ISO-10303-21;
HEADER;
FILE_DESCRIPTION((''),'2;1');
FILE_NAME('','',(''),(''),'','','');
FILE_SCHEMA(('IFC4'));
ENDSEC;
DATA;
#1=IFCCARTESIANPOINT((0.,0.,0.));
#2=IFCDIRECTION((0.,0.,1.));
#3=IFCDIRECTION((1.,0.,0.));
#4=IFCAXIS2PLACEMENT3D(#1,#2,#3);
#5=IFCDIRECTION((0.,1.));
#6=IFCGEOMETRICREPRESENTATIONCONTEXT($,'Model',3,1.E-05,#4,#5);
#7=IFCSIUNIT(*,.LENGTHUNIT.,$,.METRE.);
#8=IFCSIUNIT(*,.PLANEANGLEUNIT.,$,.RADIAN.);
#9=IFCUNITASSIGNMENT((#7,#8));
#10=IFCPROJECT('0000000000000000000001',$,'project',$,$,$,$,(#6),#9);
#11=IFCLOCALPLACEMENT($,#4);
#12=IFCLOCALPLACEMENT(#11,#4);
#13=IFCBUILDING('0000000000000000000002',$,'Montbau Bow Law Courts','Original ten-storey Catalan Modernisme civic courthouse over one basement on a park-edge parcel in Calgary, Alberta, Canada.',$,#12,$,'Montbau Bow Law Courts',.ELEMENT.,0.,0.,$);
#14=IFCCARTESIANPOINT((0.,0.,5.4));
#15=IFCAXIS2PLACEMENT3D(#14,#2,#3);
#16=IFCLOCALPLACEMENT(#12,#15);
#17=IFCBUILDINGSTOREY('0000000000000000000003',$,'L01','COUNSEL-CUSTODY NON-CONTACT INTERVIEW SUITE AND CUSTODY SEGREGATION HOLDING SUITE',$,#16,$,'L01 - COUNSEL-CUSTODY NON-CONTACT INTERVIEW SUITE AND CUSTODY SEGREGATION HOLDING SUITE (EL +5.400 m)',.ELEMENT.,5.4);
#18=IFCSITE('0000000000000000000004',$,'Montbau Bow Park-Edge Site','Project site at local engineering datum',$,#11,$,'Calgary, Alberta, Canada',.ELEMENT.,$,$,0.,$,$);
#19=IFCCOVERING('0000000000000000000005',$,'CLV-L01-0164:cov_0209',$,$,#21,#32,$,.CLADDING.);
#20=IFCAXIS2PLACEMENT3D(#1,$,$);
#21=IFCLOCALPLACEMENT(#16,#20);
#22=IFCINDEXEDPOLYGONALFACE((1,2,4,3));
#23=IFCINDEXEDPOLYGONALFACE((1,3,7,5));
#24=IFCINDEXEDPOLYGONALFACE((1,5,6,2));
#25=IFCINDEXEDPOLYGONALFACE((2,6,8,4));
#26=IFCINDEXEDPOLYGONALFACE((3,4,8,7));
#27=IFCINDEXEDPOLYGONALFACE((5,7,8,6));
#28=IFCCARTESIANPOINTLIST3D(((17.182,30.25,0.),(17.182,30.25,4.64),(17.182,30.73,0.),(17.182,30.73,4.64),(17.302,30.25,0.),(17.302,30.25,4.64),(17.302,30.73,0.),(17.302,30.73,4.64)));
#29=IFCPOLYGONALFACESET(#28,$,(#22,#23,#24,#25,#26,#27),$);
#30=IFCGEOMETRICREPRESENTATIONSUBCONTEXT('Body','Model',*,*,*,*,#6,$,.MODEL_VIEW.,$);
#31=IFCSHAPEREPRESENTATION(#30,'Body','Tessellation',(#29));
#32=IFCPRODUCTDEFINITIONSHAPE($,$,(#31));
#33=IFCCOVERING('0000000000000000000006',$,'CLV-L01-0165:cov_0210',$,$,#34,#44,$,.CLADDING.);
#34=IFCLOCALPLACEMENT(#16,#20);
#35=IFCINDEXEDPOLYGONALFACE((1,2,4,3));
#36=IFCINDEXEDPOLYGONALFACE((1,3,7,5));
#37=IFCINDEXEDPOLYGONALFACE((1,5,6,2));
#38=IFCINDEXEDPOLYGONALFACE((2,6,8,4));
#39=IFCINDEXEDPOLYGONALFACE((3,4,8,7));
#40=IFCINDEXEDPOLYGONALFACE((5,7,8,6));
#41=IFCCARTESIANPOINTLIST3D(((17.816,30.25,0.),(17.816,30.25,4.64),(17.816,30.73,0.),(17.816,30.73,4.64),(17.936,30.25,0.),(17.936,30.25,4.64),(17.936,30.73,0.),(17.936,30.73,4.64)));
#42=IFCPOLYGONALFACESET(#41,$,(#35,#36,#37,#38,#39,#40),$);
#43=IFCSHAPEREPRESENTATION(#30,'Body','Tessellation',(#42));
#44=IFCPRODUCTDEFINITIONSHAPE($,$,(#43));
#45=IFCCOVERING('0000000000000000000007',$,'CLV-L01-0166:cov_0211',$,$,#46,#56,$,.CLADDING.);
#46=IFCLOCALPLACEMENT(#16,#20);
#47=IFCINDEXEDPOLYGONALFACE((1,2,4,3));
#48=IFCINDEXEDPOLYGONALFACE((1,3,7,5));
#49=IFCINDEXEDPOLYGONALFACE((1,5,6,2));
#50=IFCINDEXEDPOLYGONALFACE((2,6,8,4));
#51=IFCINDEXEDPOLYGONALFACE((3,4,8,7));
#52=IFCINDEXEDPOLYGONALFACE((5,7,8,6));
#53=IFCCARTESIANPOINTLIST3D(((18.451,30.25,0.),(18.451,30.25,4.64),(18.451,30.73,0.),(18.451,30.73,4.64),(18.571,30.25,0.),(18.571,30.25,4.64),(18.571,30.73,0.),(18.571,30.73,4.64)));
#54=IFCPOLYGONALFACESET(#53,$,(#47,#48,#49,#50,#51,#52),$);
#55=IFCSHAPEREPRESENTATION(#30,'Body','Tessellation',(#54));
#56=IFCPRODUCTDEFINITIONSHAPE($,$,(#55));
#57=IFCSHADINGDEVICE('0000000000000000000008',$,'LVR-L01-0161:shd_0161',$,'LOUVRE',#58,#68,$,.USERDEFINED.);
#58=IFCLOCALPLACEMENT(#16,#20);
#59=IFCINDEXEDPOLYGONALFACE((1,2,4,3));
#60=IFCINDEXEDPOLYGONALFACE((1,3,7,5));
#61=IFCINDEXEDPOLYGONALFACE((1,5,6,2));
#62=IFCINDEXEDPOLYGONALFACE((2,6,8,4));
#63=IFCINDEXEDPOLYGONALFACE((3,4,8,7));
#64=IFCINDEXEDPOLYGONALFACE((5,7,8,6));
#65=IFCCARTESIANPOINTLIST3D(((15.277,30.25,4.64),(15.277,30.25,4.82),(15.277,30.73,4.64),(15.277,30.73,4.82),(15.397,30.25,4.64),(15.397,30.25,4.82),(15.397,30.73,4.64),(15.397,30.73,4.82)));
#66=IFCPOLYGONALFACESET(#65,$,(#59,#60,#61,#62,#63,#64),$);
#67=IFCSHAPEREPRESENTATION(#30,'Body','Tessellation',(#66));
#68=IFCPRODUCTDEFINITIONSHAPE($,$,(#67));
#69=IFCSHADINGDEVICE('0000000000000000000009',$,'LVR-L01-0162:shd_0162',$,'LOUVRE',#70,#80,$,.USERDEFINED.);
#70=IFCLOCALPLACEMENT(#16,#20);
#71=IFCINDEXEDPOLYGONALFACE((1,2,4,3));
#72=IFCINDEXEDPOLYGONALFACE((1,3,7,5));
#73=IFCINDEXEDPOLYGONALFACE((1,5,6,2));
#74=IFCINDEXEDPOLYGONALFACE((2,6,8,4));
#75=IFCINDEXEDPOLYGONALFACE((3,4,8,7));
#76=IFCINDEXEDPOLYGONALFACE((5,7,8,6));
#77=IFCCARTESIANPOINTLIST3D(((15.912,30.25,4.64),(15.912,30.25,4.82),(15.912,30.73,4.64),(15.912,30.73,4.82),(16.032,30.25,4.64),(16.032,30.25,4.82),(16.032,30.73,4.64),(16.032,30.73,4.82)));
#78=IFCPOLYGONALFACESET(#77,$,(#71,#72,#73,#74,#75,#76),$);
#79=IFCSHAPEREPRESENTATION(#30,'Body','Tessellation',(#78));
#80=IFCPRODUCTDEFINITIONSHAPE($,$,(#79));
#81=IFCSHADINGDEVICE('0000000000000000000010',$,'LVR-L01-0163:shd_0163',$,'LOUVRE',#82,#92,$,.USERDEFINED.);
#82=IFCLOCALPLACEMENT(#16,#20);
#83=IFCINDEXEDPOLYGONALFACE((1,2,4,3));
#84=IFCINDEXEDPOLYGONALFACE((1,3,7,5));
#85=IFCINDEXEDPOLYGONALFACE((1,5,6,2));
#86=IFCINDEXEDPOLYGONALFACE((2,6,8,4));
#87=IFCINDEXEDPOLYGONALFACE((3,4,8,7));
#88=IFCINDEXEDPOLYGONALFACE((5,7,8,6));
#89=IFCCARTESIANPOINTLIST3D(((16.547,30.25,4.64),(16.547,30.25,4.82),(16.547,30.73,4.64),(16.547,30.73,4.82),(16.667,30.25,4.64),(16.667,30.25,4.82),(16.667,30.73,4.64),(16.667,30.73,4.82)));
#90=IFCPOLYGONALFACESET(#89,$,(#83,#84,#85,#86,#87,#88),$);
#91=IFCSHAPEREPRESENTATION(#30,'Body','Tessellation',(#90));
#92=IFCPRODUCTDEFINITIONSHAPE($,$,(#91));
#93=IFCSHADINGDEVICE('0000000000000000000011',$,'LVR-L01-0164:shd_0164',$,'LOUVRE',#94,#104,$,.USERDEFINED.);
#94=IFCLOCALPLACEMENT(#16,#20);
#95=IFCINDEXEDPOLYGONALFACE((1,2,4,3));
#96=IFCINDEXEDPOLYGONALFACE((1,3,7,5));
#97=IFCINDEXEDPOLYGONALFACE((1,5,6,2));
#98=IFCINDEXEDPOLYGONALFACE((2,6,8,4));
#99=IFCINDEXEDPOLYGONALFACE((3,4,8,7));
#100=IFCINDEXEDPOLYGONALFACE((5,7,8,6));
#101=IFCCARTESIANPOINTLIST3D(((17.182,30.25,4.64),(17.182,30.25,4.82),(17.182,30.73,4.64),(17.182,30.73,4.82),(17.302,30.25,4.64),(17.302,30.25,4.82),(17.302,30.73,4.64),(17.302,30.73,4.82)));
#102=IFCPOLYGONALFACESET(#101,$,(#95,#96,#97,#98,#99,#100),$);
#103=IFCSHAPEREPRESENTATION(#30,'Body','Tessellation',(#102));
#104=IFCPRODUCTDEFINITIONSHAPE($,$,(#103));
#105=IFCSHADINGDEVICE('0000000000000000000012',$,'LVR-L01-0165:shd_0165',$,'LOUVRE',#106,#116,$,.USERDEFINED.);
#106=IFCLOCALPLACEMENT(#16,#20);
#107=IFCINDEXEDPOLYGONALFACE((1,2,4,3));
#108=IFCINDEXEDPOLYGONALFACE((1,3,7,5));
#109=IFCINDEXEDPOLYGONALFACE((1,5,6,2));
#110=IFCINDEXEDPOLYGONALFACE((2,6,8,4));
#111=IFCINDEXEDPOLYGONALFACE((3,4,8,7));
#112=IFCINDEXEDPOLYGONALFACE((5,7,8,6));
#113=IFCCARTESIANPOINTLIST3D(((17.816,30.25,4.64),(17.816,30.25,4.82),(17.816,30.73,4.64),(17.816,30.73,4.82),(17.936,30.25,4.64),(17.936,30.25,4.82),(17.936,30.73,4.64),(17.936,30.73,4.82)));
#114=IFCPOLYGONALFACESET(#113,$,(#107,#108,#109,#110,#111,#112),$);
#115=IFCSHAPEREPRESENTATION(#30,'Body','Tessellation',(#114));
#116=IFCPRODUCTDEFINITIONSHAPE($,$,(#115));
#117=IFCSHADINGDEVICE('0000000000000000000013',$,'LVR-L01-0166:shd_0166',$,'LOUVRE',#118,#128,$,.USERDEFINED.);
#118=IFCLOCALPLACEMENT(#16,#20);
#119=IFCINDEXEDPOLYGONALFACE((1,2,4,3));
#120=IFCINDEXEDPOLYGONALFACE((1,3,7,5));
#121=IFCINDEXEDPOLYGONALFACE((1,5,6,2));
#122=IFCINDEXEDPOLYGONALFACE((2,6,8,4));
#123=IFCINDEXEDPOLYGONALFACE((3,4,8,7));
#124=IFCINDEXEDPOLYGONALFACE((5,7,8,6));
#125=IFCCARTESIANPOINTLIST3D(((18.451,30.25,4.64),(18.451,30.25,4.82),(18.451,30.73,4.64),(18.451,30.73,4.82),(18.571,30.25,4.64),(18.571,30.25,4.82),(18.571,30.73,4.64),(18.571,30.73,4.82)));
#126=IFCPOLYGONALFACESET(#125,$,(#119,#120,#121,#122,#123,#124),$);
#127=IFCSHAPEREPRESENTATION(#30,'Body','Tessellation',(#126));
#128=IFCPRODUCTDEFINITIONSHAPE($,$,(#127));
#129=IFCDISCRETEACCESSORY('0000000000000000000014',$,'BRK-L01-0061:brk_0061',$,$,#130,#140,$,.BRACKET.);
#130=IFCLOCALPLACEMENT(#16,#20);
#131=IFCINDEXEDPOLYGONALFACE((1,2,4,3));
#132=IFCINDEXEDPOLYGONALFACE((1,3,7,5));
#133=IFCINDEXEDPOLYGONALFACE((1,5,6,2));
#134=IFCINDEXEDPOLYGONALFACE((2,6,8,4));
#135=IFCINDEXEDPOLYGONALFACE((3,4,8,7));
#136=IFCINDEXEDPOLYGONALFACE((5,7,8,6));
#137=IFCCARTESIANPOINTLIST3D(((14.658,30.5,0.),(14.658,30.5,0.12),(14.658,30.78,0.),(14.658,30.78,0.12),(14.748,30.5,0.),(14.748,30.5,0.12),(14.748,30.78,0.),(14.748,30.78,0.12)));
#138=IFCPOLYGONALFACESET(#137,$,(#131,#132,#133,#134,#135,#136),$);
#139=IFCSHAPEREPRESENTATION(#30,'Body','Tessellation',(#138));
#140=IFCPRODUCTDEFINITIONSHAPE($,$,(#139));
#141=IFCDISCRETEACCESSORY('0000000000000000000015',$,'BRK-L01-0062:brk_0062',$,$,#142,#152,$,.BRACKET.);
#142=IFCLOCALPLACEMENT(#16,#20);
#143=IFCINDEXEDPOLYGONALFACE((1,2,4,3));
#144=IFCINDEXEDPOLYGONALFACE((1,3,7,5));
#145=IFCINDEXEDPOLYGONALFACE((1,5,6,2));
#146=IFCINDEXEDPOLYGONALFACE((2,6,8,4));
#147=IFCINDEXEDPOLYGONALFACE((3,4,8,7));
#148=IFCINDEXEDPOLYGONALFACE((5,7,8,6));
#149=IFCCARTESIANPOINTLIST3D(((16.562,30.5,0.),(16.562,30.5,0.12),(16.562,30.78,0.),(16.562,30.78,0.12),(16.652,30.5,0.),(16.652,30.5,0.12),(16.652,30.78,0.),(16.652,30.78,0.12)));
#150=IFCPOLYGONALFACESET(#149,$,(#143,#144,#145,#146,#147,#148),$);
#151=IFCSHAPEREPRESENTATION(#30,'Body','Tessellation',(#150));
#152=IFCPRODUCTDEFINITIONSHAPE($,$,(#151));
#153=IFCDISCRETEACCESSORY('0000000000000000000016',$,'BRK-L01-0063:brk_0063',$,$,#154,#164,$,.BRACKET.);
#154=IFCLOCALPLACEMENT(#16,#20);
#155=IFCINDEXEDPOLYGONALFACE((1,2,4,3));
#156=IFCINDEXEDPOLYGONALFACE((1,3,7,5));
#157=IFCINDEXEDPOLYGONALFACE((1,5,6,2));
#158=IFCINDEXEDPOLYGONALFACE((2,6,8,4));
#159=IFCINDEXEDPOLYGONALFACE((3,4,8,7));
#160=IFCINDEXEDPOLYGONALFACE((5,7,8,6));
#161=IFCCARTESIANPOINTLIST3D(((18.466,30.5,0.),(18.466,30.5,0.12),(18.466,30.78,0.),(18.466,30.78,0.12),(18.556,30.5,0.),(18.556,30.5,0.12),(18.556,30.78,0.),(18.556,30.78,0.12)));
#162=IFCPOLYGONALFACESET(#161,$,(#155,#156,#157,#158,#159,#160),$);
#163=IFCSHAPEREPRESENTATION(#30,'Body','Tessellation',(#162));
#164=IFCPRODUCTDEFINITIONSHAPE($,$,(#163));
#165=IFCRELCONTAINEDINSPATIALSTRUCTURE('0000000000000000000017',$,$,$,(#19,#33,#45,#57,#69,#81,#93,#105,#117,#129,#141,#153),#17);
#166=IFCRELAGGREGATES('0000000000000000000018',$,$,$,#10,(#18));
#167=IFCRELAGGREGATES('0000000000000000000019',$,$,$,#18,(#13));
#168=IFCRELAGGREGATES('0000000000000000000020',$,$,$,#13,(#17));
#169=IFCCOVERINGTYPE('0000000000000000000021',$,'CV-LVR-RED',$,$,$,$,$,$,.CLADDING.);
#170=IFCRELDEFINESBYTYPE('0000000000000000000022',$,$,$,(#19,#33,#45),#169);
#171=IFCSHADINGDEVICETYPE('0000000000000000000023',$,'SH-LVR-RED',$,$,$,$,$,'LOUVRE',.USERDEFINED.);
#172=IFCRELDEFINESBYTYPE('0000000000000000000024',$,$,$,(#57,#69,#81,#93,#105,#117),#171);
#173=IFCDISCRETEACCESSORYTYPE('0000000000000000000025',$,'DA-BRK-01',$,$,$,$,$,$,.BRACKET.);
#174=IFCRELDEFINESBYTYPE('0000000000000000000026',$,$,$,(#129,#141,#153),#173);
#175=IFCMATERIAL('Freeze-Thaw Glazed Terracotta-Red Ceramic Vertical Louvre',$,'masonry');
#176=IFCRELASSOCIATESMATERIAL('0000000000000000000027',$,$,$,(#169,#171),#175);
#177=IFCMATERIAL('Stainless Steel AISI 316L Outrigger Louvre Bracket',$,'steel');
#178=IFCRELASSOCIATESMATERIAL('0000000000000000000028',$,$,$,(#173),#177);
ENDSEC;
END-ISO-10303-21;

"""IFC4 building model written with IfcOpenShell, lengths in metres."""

from ifc_helpers import new_model, si_unit, direction, frame, frame_2d, origin_with_axes, origin_2d_with_axis, place, context, subcontext, project, spatial, rectangle, extrude, material, type_object, element, save


model = new_model("IFC4")

# Units and contexts
model_context = context("Model", 3, precision=1e-05, world=origin_with_axes(), true_north=direction((0.0, 1.0)))
body_context = subcontext(model_context, "Body", "Model", "MODEL_VIEW")
ifc_project = project(units=[si_unit("LENGTHUNIT", "METRE"), si_unit("PLANEANGLEUNIT", "RADIAN")], contexts=[model_context])

# Site, building, storey
site_placement = place(None, origin_with_axes())
site = spatial("IfcSite", under=ifc_project, at=site_placement, Name="Montbau Bow Park-Edge Site", Description="Project site at local engineering datum", LongName="Calgary, Alberta, Canada", CompositionType="ELEMENT", RefElevation=0.0)
building_placement = place(site_placement, origin_with_axes())
building = spatial("IfcBuilding", under=site, at=building_placement, Name="Montbau Bow Law Courts", Description="Original ten-storey Catalan Modernisme civic courthouse over one basement on a park-edge parcel in Calgary, Alberta, Canada.", LongName="Montbau Bow Law Courts", CompositionType="ELEMENT", ElevationOfRefHeight=0.0, ElevationOfTerrain=0.0)
storey_placement = place(building_placement, frame((0.0, 0.0, 5.4), z_axis=(0.0, 0.0, 1.0), x_axis=(1.0, 0.0, 0.0)))
storey = spatial("IfcBuildingStorey", under=building, at=storey_placement, Name="L01", Description="COUNSEL-CUSTODY NON-CONTACT INTERVIEW SUITE AND CUSTODY SEGREGATION HOLDING SUITE", LongName="L01 - COUNSEL-CUSTODY NON-CONTACT INTERVIEW SUITE AND CUSTODY SEGREGATION HOLDING SUITE (EL +5.400 m)", CompositionType="ELEMENT", Elevation=5.4)

# Coverings
ifc_material_1 = material(Name="Freeze-Thaw Glazed Terracotta-Red Ceramic Vertical Louvre", Category="masonry")
covering_type = type_object("IfcCoveringType", Name="CV-LVR-RED", PredefinedType="CLADDING", material=ifc_material_1)
for number, where, z_axis, x_axis, name in (
    (1, (17.242, 30.73, 5.4), (-1.0, 0.0, 0.0), (0.0, -1.0, 0.0), "CLV-L01-0164:cov_0209"),
    (2, (17.876, 30.73, 5.4), (-1.0, 0.0, 0.0), (0.0, -1.0, 0.0), "CLV-L01-0165:cov_0210"),
    (3, (18.511, 30.73, 5.4), (-1.0, 0.0, 0.0), (0.0, -1.0, 0.0), "CLV-L01-0166:cov_0211"),
):
    element("IfcCovering", number, at=place(None, frame(where, z_axis=z_axis, x_axis=x_axis)), inside=storey, type_object=covering_type, Name=name, PredefinedType="CLADDING", context=body_context, shape_type="SweptSolid", body=[
        extrude(rectangle(XDim=0.48, YDim=4.64, at=frame_2d((0.24, 2.32), x_axis=(1.0, 0.0))), frame((0.0, 0.0, -0.06), z_axis=(0.0, 0.0, 1.0), x_axis=(1.0, 0.0, 0.0)), (0.0, 0.0, 1.0), 0.12),
    ])

# Shading devices
shading_device_type = type_object("IfcShadingDeviceType", Name="SH-LVR-RED", ElementType="LOUVRE", PredefinedType="USERDEFINED", material=ifc_material_1)
for number, where, z_axis, x_axis, name in (
    (4, (15.337, 30.49, 10.04), (0.0, 0.0, 1.0), (0.0, -1.0, 0.0), "LVR-L01-0161:shd_0161"),
    (5, (15.972, 30.49, 10.04), (0.0, 0.0, 1.0), (0.0, -1.0, 0.0), "LVR-L01-0162:shd_0162"),
    (6, (16.607, 30.49, 10.04), (0.0, 0.0, 1.0), (0.0, -1.0, 0.0), "LVR-L01-0163:shd_0163"),
    (7, (17.242, 30.49, 10.04), (0.0, 0.0, 1.0), (0.0, -1.0, 0.0), "LVR-L01-0164:shd_0164"),
    (8, (17.876, 30.49, 10.04), (0.0, 0.0, 1.0), (0.0, -1.0, 0.0), "LVR-L01-0165:shd_0165"),
    (9, (18.511, 30.49, 10.04), (0.0, 0.0, 1.0), (0.0, -1.0, 0.0), "LVR-L01-0166:shd_0166"),
):
    element("IfcShadingDevice", number, at=place(None, frame(where, z_axis=z_axis, x_axis=x_axis)), inside=storey, type_object=shading_device_type, Name=name, ObjectType="LOUVRE", PredefinedType="USERDEFINED", context=body_context, shape_type="SweptSolid", body=[
        extrude(rectangle(XDim=0.48, YDim=0.12, at=origin_2d_with_axis()), origin_with_axes(), (0.0, 0.0, 1.0), 0.18),
    ])

# Discrete accessories
ifc_material_2 = material(Name="Stainless Steel AISI 316L Outrigger Louvre Bracket", Category="steel")
discrete_accessory_type = type_object("IfcDiscreteAccessoryType", Name="DA-BRK-01", PredefinedType="BRACKET", material=ifc_material_2)
for number, where, z_axis, x_axis, name in (
    (10, (14.703, 30.64, 5.4), (0.0, 0.0, 1.0), (0.0, -1.0, 0.0), "BRK-L01-0061:brk_0061"),
    (11, (16.607, 30.64, 5.4), (0.0, 0.0, 1.0), (0.0, -1.0, 0.0), "BRK-L01-0062:brk_0062"),
    (12, (18.511, 30.64, 5.4), (0.0, 0.0, 1.0), (0.0, -1.0, 0.0), "BRK-L01-0063:brk_0063"),
):
    element("IfcDiscreteAccessory", number, at=place(None, frame(where, z_axis=z_axis, x_axis=x_axis)), inside=storey, type_object=discrete_accessory_type, Name=name, PredefinedType="BRACKET", context=body_context, shape_type="SweptSolid", body=[
        extrude(rectangle(XDim=0.28, YDim=0.09, at=origin_2d_with_axis()), origin_with_axes(), (0.0, 0.0, 1.0), 0.12),
    ])

save(model, "model.ifc")
